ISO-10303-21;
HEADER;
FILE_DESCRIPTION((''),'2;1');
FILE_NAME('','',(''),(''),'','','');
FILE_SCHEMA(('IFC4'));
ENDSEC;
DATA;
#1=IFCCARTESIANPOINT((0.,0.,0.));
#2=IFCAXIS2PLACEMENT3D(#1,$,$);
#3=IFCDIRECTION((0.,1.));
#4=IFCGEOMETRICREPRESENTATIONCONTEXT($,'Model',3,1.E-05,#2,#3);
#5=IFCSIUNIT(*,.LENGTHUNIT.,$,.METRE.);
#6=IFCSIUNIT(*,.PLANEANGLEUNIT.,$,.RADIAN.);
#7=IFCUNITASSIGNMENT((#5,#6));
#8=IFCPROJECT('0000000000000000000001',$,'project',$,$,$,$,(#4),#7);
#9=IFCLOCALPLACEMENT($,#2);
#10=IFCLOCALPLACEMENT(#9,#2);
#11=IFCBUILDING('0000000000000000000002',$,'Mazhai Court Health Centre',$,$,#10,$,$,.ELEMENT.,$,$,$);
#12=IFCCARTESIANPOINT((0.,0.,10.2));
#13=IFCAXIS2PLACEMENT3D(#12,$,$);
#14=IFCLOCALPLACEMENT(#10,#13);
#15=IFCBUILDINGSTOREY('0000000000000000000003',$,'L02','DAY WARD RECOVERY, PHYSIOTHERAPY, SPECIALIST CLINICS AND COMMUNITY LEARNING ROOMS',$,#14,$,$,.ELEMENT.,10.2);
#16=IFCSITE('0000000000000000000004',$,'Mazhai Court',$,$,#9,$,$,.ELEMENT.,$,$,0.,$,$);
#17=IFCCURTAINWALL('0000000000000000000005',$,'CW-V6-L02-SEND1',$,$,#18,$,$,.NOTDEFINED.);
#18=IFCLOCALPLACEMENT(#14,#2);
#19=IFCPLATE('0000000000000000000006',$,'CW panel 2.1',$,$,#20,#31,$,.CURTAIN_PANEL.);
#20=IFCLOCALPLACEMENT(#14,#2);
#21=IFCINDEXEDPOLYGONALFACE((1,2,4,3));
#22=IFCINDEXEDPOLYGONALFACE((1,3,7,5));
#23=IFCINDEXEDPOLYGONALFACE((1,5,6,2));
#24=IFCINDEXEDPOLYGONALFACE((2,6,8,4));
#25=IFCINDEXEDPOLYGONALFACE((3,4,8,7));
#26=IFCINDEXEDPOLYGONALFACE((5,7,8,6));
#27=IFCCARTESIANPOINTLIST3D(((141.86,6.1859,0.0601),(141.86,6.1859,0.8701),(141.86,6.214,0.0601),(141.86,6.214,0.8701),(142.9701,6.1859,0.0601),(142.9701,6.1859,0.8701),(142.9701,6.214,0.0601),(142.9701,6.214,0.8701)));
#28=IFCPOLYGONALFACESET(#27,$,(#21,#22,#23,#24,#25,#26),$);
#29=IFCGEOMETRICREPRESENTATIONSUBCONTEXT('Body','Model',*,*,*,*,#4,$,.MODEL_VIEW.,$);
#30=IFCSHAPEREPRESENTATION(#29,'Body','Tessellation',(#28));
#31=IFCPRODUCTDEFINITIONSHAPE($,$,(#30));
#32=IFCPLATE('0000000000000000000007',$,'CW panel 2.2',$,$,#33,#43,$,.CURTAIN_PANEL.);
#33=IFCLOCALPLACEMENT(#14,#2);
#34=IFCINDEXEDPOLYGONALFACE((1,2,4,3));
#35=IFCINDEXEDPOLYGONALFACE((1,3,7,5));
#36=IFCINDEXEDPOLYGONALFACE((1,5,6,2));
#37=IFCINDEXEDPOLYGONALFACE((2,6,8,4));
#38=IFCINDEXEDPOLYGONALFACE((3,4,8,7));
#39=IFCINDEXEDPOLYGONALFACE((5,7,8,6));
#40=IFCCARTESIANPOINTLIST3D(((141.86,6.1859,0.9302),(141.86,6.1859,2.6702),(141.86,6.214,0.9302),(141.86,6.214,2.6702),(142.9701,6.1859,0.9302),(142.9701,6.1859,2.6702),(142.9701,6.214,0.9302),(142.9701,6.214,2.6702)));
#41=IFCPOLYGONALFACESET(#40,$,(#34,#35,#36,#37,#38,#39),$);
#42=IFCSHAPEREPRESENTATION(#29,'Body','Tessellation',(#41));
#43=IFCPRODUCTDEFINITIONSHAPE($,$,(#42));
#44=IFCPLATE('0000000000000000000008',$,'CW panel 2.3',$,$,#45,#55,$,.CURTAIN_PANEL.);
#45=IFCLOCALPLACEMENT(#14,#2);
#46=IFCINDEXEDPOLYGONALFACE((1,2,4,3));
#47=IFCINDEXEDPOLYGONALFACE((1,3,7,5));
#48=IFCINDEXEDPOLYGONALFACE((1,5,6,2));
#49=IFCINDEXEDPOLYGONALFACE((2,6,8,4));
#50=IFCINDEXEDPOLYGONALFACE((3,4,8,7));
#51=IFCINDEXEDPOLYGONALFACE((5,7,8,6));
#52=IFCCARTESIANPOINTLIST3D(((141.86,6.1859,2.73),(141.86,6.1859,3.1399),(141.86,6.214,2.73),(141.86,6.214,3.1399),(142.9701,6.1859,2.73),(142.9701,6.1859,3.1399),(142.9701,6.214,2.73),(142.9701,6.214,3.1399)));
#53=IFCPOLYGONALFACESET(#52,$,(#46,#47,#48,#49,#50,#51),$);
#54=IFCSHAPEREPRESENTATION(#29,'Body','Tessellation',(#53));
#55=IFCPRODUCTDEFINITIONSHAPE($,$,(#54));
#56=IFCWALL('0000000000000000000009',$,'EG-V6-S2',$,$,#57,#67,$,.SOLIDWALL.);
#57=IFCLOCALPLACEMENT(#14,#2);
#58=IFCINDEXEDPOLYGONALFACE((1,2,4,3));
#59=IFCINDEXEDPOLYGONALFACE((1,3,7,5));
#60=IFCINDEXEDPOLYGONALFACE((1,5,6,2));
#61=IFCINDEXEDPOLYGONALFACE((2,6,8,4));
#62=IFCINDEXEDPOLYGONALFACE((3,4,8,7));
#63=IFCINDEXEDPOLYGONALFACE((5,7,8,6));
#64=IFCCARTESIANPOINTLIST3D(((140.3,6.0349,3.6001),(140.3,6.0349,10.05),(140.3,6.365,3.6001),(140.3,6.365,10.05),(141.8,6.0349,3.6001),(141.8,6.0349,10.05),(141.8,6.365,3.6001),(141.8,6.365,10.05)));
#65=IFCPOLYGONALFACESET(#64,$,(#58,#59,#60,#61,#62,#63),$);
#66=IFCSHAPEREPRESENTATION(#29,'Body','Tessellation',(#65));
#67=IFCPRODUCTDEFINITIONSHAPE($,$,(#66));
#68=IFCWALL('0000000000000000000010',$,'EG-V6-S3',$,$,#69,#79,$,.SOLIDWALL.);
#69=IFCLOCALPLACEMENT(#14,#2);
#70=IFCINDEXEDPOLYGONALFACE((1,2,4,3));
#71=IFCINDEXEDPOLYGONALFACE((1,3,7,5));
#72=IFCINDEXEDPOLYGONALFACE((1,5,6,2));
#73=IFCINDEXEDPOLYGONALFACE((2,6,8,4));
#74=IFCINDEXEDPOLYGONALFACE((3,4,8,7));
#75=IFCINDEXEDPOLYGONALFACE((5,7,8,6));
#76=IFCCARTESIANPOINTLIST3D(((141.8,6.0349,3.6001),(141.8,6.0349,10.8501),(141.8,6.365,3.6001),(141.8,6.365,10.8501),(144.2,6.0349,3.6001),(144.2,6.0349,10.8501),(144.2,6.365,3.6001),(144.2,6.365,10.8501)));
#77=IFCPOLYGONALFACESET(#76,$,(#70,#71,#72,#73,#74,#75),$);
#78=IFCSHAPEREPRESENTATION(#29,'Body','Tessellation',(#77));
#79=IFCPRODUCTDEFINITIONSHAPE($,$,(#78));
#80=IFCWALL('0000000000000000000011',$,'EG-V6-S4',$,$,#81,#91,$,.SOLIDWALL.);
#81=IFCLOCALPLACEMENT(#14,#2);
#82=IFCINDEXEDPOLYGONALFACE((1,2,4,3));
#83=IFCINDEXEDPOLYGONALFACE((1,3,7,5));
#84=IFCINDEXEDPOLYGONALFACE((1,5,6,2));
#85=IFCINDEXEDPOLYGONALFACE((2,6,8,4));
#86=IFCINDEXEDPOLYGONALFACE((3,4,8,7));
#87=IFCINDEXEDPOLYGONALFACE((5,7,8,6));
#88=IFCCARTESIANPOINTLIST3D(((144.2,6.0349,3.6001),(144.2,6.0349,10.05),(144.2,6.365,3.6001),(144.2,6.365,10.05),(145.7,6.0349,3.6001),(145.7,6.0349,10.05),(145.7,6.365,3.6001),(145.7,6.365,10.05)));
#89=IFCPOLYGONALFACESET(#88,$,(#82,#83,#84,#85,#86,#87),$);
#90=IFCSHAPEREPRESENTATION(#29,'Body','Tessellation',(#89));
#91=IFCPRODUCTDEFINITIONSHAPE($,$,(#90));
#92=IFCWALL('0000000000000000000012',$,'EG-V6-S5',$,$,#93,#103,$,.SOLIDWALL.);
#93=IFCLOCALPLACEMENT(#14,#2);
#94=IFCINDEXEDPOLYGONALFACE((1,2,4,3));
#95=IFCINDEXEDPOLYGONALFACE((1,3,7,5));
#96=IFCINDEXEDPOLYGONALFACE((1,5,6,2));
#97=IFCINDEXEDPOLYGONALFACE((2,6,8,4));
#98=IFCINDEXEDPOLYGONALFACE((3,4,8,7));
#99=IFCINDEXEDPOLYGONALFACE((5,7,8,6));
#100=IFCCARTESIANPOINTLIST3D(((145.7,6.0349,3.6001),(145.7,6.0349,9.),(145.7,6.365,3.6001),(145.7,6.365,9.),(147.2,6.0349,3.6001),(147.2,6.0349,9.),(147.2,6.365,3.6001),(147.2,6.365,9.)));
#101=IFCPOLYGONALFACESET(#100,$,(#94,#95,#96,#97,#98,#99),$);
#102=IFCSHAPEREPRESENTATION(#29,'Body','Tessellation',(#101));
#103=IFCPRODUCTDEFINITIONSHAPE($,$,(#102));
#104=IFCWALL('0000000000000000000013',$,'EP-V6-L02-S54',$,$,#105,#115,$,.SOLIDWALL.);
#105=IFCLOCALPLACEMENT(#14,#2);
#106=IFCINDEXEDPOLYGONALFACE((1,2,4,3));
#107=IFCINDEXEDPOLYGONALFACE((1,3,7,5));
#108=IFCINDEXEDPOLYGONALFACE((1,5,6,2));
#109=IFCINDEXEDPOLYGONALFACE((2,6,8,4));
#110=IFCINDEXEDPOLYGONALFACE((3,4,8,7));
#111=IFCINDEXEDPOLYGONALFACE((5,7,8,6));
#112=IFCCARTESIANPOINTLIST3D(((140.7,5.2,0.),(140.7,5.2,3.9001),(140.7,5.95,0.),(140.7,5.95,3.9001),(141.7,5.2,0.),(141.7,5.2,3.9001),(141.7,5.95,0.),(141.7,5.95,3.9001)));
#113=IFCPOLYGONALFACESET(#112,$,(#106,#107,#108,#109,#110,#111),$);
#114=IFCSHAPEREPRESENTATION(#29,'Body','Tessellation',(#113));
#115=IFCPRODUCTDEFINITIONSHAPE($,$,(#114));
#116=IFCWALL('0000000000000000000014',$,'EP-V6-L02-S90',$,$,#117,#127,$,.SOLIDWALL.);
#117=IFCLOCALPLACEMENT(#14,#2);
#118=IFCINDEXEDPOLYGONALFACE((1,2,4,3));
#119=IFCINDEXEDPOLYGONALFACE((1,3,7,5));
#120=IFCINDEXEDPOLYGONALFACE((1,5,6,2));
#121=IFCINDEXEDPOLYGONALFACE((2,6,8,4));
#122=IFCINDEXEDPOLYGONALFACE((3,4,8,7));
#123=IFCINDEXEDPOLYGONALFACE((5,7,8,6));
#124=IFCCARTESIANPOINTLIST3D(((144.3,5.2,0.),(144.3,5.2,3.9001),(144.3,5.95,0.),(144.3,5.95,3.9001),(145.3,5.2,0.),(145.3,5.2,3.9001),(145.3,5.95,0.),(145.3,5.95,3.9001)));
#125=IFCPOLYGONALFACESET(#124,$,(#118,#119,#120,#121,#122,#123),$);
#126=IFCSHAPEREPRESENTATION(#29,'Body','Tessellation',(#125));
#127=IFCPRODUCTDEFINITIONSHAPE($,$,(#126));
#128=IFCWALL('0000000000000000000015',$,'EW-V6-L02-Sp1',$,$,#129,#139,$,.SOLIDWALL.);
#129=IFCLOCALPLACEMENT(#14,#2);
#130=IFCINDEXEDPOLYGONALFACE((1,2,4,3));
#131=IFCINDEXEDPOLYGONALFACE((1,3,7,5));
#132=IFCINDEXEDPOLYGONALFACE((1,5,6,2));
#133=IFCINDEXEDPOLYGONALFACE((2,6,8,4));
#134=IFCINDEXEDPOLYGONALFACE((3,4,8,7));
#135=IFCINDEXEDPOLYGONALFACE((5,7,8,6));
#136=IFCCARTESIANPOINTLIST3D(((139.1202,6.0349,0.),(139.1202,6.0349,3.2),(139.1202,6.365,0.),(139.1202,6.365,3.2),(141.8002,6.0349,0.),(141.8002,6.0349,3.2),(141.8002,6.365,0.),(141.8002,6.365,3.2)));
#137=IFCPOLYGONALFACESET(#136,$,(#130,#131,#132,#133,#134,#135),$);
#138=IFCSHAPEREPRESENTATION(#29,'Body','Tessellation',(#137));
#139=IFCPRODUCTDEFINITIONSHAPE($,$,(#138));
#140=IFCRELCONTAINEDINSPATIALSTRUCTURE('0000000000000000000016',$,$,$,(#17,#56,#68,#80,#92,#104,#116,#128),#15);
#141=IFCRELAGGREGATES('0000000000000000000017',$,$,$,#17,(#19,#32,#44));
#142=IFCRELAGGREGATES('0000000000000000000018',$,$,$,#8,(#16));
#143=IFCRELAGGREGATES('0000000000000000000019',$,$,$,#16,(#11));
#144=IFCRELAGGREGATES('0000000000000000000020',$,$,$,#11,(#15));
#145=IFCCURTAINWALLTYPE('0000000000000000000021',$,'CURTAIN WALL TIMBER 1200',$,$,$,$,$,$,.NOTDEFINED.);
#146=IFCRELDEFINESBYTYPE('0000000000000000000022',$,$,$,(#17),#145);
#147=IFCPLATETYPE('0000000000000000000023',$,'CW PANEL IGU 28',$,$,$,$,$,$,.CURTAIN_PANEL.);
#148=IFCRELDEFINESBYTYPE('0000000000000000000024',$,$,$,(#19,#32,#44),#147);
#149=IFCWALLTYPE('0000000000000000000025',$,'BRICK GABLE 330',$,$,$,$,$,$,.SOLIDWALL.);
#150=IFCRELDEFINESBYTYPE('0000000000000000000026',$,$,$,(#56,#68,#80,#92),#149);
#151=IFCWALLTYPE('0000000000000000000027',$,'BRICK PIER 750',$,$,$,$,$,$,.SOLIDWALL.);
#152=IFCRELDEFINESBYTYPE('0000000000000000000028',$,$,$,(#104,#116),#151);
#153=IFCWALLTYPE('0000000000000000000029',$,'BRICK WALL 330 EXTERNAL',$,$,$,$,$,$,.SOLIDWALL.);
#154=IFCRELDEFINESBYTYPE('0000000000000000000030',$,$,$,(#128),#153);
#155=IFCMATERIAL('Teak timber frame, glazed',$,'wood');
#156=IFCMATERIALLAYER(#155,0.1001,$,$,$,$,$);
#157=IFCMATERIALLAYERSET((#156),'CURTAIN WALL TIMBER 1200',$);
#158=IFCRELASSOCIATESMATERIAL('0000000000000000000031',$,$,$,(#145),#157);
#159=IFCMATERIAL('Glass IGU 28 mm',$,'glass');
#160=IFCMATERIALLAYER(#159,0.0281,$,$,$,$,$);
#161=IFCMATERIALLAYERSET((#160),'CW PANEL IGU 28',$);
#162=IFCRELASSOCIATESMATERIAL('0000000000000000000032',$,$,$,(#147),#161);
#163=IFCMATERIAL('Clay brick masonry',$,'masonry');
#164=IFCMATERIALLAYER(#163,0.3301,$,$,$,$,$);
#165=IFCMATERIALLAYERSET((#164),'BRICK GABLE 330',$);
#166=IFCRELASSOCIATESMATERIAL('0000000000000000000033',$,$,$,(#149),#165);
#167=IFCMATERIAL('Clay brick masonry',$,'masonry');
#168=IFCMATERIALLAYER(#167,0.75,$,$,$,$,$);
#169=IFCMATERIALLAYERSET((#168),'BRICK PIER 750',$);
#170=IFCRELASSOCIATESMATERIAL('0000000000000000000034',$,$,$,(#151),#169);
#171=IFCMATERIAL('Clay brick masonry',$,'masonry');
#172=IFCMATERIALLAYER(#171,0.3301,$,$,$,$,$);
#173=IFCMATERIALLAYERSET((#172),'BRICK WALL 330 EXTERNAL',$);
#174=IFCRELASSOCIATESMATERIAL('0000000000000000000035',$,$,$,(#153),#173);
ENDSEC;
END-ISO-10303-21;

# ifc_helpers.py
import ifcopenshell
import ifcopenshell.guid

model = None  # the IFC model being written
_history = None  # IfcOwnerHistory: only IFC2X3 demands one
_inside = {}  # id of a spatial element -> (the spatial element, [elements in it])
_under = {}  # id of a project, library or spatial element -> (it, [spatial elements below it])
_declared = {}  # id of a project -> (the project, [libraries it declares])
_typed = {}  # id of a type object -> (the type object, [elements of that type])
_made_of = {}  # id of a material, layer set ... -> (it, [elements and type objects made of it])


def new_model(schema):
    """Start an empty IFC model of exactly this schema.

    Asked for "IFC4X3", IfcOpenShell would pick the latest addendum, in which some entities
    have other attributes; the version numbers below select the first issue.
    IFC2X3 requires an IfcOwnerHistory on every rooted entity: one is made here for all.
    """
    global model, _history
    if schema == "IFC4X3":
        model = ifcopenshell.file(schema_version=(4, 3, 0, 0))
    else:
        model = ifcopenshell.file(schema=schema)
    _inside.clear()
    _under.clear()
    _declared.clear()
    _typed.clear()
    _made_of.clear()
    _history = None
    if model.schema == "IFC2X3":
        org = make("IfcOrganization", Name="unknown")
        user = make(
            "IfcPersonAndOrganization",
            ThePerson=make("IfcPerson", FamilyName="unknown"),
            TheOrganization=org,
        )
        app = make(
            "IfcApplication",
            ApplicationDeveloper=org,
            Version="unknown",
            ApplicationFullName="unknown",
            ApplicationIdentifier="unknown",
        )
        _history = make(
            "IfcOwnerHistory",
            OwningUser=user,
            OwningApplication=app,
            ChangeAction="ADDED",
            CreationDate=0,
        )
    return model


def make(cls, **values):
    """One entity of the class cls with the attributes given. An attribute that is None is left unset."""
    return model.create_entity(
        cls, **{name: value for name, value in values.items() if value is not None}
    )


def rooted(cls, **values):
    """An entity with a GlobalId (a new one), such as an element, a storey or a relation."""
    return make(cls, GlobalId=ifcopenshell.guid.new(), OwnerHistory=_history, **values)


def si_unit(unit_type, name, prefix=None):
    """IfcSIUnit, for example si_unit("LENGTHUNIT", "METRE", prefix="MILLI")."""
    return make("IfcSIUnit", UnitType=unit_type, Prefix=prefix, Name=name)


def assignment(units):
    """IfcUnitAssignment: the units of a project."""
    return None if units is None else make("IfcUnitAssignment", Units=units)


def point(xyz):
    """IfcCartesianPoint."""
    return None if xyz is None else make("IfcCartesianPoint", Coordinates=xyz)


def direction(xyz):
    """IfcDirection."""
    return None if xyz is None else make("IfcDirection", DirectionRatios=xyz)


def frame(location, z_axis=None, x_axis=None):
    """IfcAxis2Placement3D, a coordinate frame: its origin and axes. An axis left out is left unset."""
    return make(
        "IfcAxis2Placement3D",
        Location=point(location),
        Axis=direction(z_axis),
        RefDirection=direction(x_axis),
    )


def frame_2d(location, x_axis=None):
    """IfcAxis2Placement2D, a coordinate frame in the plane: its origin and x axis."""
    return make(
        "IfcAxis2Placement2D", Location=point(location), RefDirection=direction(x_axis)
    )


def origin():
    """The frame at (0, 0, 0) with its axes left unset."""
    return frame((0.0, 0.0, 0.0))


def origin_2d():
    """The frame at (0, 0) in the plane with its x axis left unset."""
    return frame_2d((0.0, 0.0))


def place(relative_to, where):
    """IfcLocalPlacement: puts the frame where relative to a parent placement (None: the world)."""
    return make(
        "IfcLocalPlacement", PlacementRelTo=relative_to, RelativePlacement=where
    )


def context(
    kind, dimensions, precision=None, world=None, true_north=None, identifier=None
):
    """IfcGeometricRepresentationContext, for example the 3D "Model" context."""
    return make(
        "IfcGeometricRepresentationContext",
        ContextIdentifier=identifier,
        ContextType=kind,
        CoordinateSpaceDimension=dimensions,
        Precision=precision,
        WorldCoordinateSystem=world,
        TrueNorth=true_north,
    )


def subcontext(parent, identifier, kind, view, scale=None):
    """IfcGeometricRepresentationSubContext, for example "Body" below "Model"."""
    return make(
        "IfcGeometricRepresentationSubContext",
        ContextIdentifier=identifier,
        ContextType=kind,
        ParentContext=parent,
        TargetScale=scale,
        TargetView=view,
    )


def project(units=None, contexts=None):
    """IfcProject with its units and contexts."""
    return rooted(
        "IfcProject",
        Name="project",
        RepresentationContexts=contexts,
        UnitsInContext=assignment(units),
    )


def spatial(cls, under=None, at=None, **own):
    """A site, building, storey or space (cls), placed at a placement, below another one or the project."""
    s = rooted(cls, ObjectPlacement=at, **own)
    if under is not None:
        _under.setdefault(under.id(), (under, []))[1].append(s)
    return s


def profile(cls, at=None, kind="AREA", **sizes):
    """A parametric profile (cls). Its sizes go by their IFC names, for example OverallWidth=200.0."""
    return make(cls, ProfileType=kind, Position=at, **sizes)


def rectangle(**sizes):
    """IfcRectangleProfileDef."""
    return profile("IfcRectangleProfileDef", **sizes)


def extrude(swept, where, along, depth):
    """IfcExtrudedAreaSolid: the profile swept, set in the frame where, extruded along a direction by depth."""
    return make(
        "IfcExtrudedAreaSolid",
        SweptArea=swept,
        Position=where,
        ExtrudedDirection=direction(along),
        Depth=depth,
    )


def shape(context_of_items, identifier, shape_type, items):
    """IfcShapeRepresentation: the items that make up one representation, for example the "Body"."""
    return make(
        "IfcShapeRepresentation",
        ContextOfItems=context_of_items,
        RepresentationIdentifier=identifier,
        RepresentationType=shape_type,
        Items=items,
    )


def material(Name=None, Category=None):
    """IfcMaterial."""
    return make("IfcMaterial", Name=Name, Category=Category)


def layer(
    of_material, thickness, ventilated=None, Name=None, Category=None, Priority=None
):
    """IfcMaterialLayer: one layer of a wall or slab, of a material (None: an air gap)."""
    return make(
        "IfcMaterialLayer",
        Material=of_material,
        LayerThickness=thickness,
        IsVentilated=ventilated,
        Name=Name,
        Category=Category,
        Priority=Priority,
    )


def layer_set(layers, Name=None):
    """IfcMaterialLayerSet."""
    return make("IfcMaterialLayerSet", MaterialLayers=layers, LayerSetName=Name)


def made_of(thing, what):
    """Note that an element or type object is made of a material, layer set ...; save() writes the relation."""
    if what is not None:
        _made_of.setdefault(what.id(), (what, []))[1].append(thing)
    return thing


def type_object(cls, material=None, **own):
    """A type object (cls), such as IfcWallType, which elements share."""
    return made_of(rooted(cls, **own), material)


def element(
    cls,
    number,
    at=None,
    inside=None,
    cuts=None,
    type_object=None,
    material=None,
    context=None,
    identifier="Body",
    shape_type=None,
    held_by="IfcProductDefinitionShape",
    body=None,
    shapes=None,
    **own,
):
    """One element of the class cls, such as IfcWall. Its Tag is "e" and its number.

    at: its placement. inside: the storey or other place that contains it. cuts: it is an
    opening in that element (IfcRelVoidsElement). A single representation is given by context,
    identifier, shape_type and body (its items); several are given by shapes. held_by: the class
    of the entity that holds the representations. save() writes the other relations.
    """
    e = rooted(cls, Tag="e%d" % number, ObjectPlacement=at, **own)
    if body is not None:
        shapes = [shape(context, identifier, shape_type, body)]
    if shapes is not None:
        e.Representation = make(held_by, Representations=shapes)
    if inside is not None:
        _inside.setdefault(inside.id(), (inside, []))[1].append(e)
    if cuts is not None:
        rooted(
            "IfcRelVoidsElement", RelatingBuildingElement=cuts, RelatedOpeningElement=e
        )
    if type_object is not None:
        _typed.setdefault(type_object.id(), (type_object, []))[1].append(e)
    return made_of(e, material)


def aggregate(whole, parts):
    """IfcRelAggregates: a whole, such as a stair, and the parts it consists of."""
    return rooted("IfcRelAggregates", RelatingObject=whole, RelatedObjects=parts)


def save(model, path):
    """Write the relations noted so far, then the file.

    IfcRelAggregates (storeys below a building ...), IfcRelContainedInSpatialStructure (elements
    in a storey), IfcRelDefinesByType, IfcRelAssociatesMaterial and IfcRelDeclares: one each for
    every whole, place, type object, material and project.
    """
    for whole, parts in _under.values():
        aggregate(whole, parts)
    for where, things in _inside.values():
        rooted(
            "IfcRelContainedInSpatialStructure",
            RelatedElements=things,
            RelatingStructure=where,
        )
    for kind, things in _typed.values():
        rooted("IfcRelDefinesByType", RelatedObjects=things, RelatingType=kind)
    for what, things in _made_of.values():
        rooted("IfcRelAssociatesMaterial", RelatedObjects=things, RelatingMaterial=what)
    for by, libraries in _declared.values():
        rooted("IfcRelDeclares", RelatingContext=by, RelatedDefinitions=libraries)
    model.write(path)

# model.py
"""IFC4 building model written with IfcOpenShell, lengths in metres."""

from ifc_helpers import new_model, si_unit, direction, frame, frame_2d, origin, origin_2d, place, context, subcontext, project, spatial, rectangle, extrude, material, layer, layer_set, type_object, element, aggregate, save


model = new_model("IFC4")

# Units and contexts
model_context = context("Model", 3, precision=1e-05, world=origin(), true_north=direction((0.0, 1.0)))
body_context = subcontext(model_context, "Body", "Model", "MODEL_VIEW")
ifc_project = project(units=[si_unit("LENGTHUNIT", "METRE"), si_unit("PLANEANGLEUNIT", "RADIAN")], contexts=[model_context])

# Site, building, storey
site_placement = place(None, origin())
site = spatial("IfcSite", under=ifc_project, at=site_placement, Name="Mazhai Court", CompositionType="ELEMENT", RefElevation=0.0)
building_placement = place(site_placement, origin())
building = spatial("IfcBuilding", under=site, at=building_placement, Name="Mazhai Court Health Centre", CompositionType="ELEMENT")
storey_placement = place(building_placement, frame((0.0, 0.0, 10.2)))
storey = spatial("IfcBuildingStorey", under=building, at=storey_placement, Name="L02", Description="DAY WARD RECOVERY, PHYSIOTHERAPY, SPECIALIST CLINICS AND COMMUNITY LEARNING ROOMS", CompositionType="ELEMENT", Elevation=10.2)

# Curtain wall, plates
ifc_material_1 = material(Name="Teak timber frame, glazed", Category="wood")
ifc_layer_1 = layer(ifc_material_1, 0.1001)
ifc_layer_set_1 = layer_set([ifc_layer_1], Name="CURTAIN WALL TIMBER 1200")
curtain_wall_type = type_object("IfcCurtainWallType", Name="CURTAIN WALL TIMBER 1200", PredefinedType="NOTDEFINED", material=ifc_layer_set_1)
curtain_wall_placement = place(storey_placement, origin())
curtain_wall = element("IfcCurtainWall", 1, at=curtain_wall_placement, inside=storey, type_object=curtain_wall_type, Name="CW-V6-L02-SEND1", PredefinedType="NOTDEFINED")
ifc_material_2 = material(Name="Glass IGU 28 mm", Category="glass")
ifc_layer_2 = layer(ifc_material_2, 0.0281)
ifc_layer_set_2 = layer_set([ifc_layer_2], Name="CW PANEL IGU 28")
plate_type = type_object("IfcPlateType", Name="CW PANEL IGU 28", PredefinedType="CURTAIN_PANEL", material=ifc_layer_set_2)
plate_1_placement = place(storey_placement, frame((142.415, 6.2, 0.0601), z_axis=(0.0, 0.0, 1.0), x_axis=(-1.0, 0.0, 0.0)))
plate_1 = element("IfcPlate", 2, at=plate_1_placement, type_object=plate_type, Name="CW panel 2.1", PredefinedType="CURTAIN_PANEL", context=body_context, shape_type="SweptSolid", body=[
    extrude(rectangle(XDim=1.1101, YDim=0.0281, at=origin_2d()), origin(), (0.0, 0.0, 1.0), 0.8101),
])
plate_2_placement = place(storey_placement, frame((142.415, 6.2, 0.9302), z_axis=(0.0, 0.0, 1.0), x_axis=(-1.0, 0.0, 0.0)))
plate_2 = element("IfcPlate", 3, at=plate_2_placement, type_object=plate_type, Name="CW panel 2.2", PredefinedType="CURTAIN_PANEL", context=body_context, shape_type="SweptSolid", body=[
    extrude(rectangle(XDim=1.1101, YDim=0.0281, at=origin_2d()), origin(), (0.0, 0.0, 1.0), 1.74),
])
plate_3_placement = place(storey_placement, frame((142.415, 6.2, 2.73), z_axis=(0.0, 0.0, 1.0), x_axis=(-1.0, 0.0, 0.0)))
plate_3 = element("IfcPlate", 4, at=plate_3_placement, type_object=plate_type, Name="CW panel 2.3", PredefinedType="CURTAIN_PANEL", context=body_context, shape_type="SweptSolid", body=[
    extrude(rectangle(XDim=1.1101, YDim=0.0281, at=origin_2d()), origin(), (0.0, 0.0, 1.0), 0.4099),
])
aggregate(curtain_wall, [plate_1, plate_2, plate_3])

# Walls
ifc_material_3 = material(Name="Clay brick masonry", Category="masonry")
ifc_layer_3 = layer(ifc_material_3, 0.3301)
ifc_layer_set_3 = layer_set([ifc_layer_3], Name="BRICK GABLE 330")
wall_type_1 = type_object("IfcWallType", Name="BRICK GABLE 330", PredefinedType="SOLIDWALL", material=ifc_layer_set_3)
wall_1_placement = place(storey_placement, frame((141.8, 6.2, 3.6001), z_axis=(0.0, 0.0, 1.0), x_axis=(-1.0, 0.0, 0.0)))
element("IfcWall", 5, at=wall_1_placement, inside=storey, type_object=wall_type_1, Name="EG-V6-S2", PredefinedType="SOLIDWALL", context=body_context, shape_type="SweptSolid", body=[
    extrude(rectangle(XDim=1.5, YDim=0.3301, at=frame_2d((0.75, 0.0))), origin(), (0.0, 0.0, 1.0), 6.45),
])
wall_2_placement = place(storey_placement, frame((144.2, 6.2, 3.6001), z_axis=(0.0, 0.0, 1.0), x_axis=(-1.0, 0.0, 0.0)))
element("IfcWall", 6, at=wall_2_placement, inside=storey, type_object=wall_type_1, Name="EG-V6-S3", PredefinedType="SOLIDWALL", context=body_context, shape_type="SweptSolid", body=[
    extrude(rectangle(XDim=2.3999, YDim=0.3301, at=frame_2d((1.2, 0.0))), origin(), (0.0, 0.0, 1.0), 7.25),
])
wall_3_placement = place(storey_placement, frame((145.7, 6.2, 3.6001), z_axis=(0.0, 0.0, 1.0), x_axis=(-1.0, 0.0, 0.0)))
element("IfcWall", 7, at=wall_3_placement, inside=storey, type_object=wall_type_1, Name="EG-V6-S4", PredefinedType="SOLIDWALL", context=body_context, shape_type="SweptSolid", body=[
    extrude(rectangle(XDim=1.5, YDim=0.3301, at=frame_2d((0.75, 0.0))), origin(), (0.0, 0.0, 1.0), 6.45),
])
wall_4_placement = place(storey_placement, frame((147.2, 6.2, 3.6001), z_axis=(0.0, 0.0, 1.0), x_axis=(-1.0, 0.0, 0.0)))
element("IfcWall", 8, at=wall_4_placement, inside=storey, type_object=wall_type_1, Name="EG-V6-S5", PredefinedType="SOLIDWALL", context=body_context, shape_type="SweptSolid", body=[
    extrude(rectangle(XDim=1.5, YDim=0.3301, at=frame_2d((0.75, 0.0))), origin(), (0.0, 0.0, 1.0), 5.3999),
])
ifc_material_4 = material(Name="Clay brick masonry", Category="masonry")
ifc_layer_4 = layer(ifc_material_4, 0.75)
ifc_layer_set_4 = layer_set([ifc_layer_4], Name="BRICK PIER 750")
wall_type_2 = type_object("IfcWallType", Name="BRICK PIER 750", PredefinedType="SOLIDWALL", material=ifc_layer_set_4)
for number, where, z_axis, x_axis, name in (
    (9, (141.7, 5.575, 0.0), (0.0, 0.0, 1.0), (-1.0, 0.0, 0.0), "EP-V6-L02-S54"),
    (10, (145.3, 5.575, 0.0), (0.0, 0.0, 1.0), (-1.0, 0.0, 0.0), "EP-V6-L02-S90"),
):
    element("IfcWall", number, at=place(storey_placement, frame(where, z_axis=z_axis, x_axis=x_axis)), inside=storey, type_object=wall_type_2, Name=name, PredefinedType="SOLIDWALL", context=body_context, shape_type="SweptSolid", body=[
        extrude(rectangle(XDim=1.0, YDim=0.75, at=frame_2d((0.5, 0.0))), origin(), (0.0, 0.0, 1.0), 3.9001),
    ])
ifc_material_5 = material(Name="Clay brick masonry", Category="masonry")
ifc_layer_5 = layer(ifc_material_5, 0.3301)
ifc_layer_set_5 = layer_set([ifc_layer_5], Name="BRICK WALL 330 EXTERNAL")
wall_type_3 = type_object("IfcWallType", Name="BRICK WALL 330 EXTERNAL", PredefinedType="SOLIDWALL", material=ifc_layer_set_5)
wall_5_placement = place(storey_placement, frame((141.8, 6.2, 0.0), z_axis=(0.0, 0.0, 1.0), x_axis=(-1.0, 0.0, 0.0)))
element("IfcWall", 11, at=wall_5_placement, inside=storey, type_object=wall_type_3, Name="EW-V6-L02-Sp1", PredefinedType="SOLIDWALL", context=body_context, shape_type="SweptSolid", body=[
    extrude(rectangle(XDim=2.6799, YDim=0.3301, at=frame_2d((1.3398, 0.0))), origin(), (0.0, 0.0, 1.0), 3.2),
])

save(model, "model.ifc")
